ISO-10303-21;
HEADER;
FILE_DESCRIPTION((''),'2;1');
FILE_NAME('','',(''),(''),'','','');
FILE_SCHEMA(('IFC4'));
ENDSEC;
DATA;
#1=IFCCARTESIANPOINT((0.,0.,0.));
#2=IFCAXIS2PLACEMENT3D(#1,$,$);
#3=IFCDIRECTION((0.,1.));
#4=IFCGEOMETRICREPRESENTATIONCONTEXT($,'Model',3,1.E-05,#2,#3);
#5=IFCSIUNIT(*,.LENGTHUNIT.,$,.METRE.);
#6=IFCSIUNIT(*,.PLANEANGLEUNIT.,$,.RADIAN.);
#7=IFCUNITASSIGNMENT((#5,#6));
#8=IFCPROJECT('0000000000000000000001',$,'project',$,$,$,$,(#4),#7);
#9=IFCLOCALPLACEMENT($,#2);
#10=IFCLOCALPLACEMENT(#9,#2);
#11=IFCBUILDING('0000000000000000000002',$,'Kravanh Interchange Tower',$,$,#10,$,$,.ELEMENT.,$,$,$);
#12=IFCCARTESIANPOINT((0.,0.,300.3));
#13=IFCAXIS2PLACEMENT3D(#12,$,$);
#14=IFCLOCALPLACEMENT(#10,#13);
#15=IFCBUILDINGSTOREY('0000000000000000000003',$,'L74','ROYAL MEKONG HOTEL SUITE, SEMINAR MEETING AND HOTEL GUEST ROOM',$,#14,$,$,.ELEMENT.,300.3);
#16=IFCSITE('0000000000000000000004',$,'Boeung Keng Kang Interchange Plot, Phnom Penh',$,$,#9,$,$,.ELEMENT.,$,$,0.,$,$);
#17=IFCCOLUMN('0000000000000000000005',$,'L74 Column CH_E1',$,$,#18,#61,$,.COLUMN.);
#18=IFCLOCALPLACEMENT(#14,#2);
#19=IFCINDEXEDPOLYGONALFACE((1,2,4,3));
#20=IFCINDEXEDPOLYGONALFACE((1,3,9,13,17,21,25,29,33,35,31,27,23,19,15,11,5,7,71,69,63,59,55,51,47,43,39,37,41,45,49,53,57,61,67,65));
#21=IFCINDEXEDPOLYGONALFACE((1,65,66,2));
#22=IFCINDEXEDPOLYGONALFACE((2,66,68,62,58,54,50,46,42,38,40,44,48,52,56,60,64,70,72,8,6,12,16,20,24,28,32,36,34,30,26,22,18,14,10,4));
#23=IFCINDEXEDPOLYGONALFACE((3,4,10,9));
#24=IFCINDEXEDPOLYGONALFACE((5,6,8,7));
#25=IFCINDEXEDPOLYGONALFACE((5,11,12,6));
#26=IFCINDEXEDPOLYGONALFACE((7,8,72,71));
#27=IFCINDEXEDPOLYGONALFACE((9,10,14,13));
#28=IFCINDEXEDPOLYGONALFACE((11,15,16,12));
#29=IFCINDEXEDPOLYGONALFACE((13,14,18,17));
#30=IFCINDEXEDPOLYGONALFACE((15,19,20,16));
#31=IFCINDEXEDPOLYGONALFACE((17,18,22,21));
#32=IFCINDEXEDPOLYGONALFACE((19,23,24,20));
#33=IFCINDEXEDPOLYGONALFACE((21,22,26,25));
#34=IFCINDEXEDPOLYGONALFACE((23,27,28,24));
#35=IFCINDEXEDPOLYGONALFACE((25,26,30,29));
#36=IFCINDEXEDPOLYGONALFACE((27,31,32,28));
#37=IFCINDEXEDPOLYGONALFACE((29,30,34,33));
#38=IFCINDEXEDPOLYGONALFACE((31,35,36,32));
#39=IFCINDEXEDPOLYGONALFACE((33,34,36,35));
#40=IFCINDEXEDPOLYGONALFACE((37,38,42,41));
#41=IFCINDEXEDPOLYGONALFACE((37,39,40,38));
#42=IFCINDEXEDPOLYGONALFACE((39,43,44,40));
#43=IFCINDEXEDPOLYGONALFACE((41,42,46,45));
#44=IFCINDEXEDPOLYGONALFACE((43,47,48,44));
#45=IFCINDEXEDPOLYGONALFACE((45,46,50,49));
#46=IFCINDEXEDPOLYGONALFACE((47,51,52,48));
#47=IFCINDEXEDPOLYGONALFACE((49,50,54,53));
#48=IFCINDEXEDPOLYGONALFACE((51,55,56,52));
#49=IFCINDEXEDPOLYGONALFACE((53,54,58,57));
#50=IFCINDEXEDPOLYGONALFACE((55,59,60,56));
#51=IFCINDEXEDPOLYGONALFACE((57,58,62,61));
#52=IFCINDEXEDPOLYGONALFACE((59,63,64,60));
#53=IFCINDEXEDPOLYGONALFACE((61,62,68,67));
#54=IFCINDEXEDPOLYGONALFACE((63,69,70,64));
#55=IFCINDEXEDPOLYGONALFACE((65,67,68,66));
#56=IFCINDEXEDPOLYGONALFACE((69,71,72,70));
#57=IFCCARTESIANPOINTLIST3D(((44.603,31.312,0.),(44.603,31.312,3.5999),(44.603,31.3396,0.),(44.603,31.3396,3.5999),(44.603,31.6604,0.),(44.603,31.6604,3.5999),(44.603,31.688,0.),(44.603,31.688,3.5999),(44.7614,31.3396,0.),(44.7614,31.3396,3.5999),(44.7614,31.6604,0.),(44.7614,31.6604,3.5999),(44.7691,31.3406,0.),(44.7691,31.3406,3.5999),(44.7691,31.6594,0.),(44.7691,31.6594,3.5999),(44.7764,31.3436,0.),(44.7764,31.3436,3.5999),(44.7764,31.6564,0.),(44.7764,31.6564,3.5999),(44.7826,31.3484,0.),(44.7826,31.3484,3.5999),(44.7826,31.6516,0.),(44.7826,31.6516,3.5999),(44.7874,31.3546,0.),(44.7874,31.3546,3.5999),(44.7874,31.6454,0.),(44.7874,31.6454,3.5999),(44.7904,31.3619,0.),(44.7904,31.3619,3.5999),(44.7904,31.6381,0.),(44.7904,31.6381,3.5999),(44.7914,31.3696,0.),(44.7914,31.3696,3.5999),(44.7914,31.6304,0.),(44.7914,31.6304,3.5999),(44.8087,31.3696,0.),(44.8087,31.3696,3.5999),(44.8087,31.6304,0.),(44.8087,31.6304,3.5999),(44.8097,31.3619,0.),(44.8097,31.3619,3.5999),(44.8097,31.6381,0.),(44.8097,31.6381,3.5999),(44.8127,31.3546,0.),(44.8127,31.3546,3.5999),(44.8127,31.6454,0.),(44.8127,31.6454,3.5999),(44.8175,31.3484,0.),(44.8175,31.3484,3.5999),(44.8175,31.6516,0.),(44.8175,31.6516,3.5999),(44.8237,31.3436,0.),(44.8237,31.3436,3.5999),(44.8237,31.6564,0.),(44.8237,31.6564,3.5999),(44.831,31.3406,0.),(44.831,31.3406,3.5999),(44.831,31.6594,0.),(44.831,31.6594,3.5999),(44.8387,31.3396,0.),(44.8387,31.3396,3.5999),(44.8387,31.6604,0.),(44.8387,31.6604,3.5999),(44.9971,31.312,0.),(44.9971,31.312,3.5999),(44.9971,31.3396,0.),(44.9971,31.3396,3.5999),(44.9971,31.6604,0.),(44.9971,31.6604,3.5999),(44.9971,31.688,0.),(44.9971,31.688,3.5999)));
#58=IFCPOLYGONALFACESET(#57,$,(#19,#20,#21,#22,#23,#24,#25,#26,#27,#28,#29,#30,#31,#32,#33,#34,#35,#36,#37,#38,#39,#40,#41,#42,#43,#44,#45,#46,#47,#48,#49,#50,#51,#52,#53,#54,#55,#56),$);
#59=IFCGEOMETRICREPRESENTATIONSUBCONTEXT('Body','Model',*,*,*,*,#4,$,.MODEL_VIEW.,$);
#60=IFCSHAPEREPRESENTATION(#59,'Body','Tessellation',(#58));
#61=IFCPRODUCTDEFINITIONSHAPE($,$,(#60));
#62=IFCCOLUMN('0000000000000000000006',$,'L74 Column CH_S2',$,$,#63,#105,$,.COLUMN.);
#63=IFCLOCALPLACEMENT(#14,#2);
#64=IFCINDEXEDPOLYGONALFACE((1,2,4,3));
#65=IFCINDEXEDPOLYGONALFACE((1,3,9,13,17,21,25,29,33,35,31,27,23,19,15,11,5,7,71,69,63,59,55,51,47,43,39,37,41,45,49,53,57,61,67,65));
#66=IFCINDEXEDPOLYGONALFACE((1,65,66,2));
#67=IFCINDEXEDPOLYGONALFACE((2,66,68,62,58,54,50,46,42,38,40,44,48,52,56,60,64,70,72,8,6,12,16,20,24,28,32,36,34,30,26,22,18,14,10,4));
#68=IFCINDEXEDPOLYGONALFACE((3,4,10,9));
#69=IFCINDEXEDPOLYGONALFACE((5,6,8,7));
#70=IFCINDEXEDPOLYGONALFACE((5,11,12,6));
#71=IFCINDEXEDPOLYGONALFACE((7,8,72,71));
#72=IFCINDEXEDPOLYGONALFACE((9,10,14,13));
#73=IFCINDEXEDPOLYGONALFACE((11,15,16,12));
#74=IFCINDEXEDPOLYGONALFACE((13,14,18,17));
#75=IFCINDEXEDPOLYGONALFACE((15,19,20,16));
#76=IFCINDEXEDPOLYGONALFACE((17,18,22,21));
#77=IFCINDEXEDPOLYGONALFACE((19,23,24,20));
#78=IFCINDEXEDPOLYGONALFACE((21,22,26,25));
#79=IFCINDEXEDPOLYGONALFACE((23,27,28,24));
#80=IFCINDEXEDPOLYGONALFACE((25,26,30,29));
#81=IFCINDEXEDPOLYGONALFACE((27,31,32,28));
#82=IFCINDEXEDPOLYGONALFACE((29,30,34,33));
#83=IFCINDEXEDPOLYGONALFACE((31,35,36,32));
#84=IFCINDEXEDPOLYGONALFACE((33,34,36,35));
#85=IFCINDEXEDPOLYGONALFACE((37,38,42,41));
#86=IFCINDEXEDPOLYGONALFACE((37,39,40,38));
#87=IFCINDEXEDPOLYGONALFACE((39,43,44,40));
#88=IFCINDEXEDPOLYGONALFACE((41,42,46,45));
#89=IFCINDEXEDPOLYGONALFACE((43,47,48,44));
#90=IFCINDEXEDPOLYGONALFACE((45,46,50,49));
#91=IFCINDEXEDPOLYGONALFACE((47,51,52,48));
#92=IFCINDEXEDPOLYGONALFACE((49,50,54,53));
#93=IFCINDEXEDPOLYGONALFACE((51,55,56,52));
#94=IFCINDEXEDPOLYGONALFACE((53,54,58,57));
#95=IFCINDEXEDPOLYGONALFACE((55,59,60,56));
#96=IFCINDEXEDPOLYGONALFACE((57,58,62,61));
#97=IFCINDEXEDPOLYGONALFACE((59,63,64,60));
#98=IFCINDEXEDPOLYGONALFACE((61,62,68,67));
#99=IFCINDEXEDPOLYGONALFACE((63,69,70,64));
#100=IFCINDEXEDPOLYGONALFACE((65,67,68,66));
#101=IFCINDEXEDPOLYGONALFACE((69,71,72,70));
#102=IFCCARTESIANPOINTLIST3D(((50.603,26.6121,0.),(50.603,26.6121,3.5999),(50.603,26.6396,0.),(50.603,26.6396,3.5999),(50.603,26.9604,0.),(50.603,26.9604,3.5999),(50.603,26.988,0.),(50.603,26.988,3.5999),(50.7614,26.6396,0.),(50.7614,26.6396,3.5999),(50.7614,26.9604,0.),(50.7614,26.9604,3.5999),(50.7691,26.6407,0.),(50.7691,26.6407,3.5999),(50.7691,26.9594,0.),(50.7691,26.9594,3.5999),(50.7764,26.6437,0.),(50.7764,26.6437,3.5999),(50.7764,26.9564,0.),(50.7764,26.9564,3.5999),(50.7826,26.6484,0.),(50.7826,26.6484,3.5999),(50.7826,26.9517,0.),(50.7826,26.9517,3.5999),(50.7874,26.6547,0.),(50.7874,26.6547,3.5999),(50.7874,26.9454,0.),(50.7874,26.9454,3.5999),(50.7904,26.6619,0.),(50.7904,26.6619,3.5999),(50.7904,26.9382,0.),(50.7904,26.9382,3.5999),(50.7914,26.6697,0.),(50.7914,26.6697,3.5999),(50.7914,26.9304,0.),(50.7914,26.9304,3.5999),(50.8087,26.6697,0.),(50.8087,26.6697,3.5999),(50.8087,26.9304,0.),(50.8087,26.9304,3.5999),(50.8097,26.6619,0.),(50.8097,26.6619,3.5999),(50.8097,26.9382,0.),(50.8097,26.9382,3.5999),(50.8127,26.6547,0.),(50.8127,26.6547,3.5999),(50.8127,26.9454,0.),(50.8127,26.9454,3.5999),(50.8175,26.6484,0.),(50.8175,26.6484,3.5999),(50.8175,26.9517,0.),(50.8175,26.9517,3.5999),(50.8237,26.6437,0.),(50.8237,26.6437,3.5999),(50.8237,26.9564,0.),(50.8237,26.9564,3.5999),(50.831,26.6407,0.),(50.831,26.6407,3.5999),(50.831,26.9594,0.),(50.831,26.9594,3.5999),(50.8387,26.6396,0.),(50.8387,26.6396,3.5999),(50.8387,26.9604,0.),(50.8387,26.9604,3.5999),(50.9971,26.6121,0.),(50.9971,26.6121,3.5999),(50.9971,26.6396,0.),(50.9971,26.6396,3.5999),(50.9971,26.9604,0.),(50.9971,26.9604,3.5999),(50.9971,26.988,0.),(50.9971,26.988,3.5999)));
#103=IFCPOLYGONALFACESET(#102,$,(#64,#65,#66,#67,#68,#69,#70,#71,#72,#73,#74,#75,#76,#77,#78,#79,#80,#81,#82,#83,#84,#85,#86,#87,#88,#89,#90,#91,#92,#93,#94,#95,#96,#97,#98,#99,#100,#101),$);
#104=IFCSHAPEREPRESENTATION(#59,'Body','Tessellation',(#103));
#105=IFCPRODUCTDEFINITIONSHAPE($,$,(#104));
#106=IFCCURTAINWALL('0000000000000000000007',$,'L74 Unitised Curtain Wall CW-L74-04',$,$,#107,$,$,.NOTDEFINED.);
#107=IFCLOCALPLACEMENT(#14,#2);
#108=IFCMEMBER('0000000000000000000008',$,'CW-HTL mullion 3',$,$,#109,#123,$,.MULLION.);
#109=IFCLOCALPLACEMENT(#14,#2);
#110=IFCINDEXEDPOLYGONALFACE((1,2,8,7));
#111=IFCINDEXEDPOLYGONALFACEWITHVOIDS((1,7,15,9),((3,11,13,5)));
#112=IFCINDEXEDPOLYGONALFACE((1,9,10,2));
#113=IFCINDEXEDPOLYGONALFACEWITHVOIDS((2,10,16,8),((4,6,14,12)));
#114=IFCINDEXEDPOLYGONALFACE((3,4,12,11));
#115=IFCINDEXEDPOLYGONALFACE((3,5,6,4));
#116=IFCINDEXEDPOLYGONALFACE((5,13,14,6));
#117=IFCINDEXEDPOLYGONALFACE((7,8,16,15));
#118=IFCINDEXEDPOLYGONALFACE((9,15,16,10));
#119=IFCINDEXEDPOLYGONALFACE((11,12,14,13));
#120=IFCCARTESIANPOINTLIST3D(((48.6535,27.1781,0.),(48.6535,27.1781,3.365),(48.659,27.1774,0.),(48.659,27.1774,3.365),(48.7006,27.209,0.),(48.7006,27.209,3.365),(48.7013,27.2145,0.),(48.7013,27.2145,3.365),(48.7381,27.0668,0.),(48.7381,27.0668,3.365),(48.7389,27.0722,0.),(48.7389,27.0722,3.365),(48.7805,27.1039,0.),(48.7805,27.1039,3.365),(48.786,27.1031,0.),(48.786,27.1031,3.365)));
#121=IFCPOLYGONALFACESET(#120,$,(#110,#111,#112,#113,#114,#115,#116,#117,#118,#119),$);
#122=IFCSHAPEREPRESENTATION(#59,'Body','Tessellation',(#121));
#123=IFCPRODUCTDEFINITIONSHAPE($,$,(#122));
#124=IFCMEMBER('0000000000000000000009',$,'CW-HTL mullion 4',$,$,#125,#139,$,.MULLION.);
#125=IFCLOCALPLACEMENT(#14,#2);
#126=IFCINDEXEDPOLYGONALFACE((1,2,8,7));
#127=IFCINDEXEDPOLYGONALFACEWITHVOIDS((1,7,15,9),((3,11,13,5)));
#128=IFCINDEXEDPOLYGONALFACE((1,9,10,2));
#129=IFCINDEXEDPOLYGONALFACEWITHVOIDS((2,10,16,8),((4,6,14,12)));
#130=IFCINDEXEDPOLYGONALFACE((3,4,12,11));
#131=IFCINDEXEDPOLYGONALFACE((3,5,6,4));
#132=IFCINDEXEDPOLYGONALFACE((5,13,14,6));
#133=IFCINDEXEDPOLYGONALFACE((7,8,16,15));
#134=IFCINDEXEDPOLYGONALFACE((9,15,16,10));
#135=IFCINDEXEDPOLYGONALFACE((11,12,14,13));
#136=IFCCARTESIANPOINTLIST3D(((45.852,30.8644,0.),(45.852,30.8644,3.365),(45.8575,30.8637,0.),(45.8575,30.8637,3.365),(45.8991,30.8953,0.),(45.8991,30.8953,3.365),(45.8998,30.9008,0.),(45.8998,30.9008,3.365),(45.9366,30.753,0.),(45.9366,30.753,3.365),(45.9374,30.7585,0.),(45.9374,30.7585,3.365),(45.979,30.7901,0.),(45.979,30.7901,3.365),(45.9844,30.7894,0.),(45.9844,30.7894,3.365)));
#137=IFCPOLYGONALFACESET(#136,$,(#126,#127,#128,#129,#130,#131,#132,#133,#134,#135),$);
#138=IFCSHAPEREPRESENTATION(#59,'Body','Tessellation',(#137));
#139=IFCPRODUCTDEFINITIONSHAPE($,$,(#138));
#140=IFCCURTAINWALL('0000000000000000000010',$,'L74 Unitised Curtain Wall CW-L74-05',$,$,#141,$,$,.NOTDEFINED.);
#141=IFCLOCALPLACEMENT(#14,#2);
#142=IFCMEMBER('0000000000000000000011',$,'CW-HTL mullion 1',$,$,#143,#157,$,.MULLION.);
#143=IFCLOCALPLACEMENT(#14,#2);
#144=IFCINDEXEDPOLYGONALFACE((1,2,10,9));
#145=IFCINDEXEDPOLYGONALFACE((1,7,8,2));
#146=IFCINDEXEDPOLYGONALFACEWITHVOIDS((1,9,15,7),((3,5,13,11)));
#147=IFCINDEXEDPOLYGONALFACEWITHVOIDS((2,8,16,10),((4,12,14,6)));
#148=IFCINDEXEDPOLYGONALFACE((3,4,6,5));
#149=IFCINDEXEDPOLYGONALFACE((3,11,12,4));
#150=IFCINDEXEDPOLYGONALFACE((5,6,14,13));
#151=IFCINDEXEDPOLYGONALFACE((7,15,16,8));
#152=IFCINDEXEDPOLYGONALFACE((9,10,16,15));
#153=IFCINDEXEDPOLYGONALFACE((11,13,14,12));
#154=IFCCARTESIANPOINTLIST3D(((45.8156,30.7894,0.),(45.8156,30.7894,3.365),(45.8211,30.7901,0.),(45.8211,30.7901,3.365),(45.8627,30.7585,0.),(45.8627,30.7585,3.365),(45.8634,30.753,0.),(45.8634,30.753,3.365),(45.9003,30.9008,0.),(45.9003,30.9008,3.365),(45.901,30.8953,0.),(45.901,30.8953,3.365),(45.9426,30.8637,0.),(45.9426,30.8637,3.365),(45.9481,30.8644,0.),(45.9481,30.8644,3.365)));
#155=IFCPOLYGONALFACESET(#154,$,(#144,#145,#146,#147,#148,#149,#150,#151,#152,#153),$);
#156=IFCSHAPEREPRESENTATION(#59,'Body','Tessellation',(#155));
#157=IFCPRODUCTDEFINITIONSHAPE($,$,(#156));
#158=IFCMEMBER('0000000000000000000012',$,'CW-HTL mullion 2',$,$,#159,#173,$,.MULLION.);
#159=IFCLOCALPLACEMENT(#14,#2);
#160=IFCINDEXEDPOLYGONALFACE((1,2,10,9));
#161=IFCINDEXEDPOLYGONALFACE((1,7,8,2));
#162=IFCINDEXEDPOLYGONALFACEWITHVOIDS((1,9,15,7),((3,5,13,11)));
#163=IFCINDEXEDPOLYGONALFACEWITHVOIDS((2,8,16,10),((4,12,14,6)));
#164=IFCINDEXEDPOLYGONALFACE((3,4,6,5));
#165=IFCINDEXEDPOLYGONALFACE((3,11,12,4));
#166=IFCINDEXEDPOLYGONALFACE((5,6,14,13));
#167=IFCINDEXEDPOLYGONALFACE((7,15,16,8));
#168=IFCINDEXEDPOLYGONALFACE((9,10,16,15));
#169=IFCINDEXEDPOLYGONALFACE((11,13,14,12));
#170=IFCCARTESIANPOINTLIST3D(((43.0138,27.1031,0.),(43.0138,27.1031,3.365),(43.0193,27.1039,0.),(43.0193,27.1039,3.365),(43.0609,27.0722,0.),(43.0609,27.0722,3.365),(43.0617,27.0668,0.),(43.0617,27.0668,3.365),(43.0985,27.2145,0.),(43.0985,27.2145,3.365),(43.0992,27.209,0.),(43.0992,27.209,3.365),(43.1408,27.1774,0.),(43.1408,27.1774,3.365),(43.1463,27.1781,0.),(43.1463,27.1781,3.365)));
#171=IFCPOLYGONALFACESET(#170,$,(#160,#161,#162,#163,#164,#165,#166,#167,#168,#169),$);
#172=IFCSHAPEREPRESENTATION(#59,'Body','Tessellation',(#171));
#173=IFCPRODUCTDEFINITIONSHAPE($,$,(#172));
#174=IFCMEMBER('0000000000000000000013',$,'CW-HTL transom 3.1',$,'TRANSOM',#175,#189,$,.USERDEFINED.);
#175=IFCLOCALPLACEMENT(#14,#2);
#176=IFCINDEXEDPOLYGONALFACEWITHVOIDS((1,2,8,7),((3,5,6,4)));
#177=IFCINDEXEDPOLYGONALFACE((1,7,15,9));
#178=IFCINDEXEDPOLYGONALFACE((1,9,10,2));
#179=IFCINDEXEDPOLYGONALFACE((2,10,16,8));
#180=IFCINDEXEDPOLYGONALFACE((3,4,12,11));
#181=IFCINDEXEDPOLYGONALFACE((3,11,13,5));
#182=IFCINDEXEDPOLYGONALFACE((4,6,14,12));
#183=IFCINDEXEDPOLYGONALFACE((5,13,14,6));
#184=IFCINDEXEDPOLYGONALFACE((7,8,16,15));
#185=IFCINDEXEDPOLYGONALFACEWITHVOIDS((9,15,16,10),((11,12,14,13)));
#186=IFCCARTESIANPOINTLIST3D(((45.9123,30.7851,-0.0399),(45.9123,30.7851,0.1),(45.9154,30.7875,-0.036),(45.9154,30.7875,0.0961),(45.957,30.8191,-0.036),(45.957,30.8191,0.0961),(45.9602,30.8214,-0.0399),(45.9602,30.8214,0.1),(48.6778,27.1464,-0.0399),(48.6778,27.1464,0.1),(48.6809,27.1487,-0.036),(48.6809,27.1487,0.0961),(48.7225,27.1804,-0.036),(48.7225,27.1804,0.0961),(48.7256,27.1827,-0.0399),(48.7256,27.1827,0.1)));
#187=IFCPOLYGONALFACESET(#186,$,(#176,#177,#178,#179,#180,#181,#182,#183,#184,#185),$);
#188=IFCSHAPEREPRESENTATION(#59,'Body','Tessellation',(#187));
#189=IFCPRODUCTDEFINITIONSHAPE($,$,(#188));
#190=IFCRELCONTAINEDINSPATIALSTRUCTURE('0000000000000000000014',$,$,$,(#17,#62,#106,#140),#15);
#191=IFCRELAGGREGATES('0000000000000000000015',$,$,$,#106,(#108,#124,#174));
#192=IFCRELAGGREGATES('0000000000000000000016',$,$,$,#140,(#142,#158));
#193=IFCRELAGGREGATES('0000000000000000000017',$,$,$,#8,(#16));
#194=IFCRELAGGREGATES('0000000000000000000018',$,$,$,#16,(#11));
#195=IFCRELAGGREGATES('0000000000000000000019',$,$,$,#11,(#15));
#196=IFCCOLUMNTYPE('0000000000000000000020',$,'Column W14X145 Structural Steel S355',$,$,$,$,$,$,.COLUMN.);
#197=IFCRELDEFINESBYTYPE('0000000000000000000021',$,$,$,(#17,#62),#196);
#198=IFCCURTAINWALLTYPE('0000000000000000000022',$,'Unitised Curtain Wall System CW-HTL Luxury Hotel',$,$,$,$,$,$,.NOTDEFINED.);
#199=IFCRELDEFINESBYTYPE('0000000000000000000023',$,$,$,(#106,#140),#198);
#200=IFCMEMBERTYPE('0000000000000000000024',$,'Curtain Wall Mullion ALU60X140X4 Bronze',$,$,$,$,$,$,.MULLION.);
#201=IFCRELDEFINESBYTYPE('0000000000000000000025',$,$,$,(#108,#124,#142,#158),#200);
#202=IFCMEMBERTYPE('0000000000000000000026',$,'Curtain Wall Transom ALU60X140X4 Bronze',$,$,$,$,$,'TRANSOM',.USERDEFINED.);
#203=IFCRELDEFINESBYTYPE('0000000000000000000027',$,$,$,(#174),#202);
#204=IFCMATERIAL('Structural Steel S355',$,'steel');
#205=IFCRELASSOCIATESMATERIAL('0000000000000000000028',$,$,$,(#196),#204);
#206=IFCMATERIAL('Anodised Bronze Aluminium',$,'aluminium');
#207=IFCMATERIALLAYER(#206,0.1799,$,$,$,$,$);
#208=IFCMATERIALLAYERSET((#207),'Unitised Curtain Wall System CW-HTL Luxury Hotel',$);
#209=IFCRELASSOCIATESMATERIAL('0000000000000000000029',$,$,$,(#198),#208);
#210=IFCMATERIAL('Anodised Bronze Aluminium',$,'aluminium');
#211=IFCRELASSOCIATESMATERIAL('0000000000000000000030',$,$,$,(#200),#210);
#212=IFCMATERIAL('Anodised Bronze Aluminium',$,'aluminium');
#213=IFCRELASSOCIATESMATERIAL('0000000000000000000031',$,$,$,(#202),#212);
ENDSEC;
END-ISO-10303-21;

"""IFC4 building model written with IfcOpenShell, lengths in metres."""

from ifc_helpers import new_model, si_unit, direction, frame, origin, origin_2d, place, context, subcontext, project, spatial, hollow_rectangle, i_section, extrude, material, layer, layer_set, material_profile, profile_set, type_object, element, aggregate, save


model = new_model("IFC4")

# Units and contexts
model_context = context("Model", 3, precision=1e-05, world=origin(), true_north=direction((0.0, 1.0)))
body_context = subcontext(model_context, "Body", "Model", "MODEL_VIEW")
ifc_project = project(units=[si_unit("LENGTHUNIT", "METRE"), si_unit("PLANEANGLEUNIT", "RADIAN")], contexts=[model_context])

# Site, building, storey
site_placement = place(None, origin())
site = spatial("IfcSite", under=ifc_project, at=site_placement, Name="Boeung Keng Kang Interchange Plot, Phnom Penh", CompositionType="ELEMENT", RefElevation=0.0)
building_placement = place(site_placement, origin())
building = spatial("IfcBuilding", under=site, at=building_placement, Name="Kravanh Interchange Tower", CompositionType="ELEMENT")
storey_placement = place(building_placement, frame((0.0, 0.0, 300.3)))
storey = spatial("IfcBuildingStorey", under=building, at=storey_placement, Name="L74", Description="ROYAL MEKONG HOTEL SUITE, SEMINAR MEETING AND HOTEL GUEST ROOM", CompositionType="ELEMENT", Elevation=300.3)

# Columns
ifc_material_1 = material(Name="Structural Steel S355", Category="steel")
ifc_material_profile_1 = material_profile(ifc_material_1, i_section(OverallWidth=0.394, OverallDepth=0.376, WebThickness=0.0173, FlangeThickness=0.0276, FilletRadius=0.03, at=origin_2d()), Name="W14X145")
ifc_profile_set_1 = profile_set([ifc_material_profile_1], Name="Structural Steel S355")
column_type = type_object("IfcColumnType", Name="Column W14X145 Structural Steel S355", PredefinedType="COLUMN", material=ifc_profile_set_1)
for number, where, z_axis, x_axis, name in (
    (1, (44.8, 31.5, 0.0), (0.0, 0.0, 1.0), (1.0, 0.0, 0.0), "L74 Column CH_E1"),
    (2, (50.8, 26.8, 0.0), (0.0, 0.0, 1.0), (1.0, 0.0, 0.0), "L74 Column CH_S2"),
):
    element("IfcColumn", number, at=place(storey_placement, frame(where, z_axis=z_axis, x_axis=x_axis)), inside=storey, type_object=column_type, Name=name, PredefinedType="COLUMN", context=body_context, shape_type="SweptSolid", body=[
        extrude(i_section(OverallWidth=0.394, OverallDepth=0.376, WebThickness=0.0173, FlangeThickness=0.0276, FilletRadius=0.03, at=origin_2d()), origin(), (0.0, 0.0, 1.0), 3.5999),
    ])

# Curtain walls, members
ifc_material_2 = material(Name="Anodised Bronze Aluminium", Category="aluminium")
ifc_layer_1 = layer(ifc_material_2, 0.1799)
ifc_layer_set_1 = layer_set([ifc_layer_1], Name="Unitised Curtain Wall System CW-HTL Luxury Hotel")
curtain_wall_type = type_object("IfcCurtainWallType", Name="Unitised Curtain Wall System CW-HTL Luxury Hotel", PredefinedType="NOTDEFINED", material=ifc_layer_set_1)
curtain_wall_1_placement = place(storey_placement, origin())
curtain_wall_1 = element("IfcCurtainWall", 3, at=curtain_wall_1_placement, inside=storey, type_object=curtain_wall_type, Name="L74 Unitised Curtain Wall CW-L74-04", PredefinedType="NOTDEFINED")
ifc_material_3 = material(Name="Anodised Bronze Aluminium", Category="aluminium")
ifc_material_profile_2 = material_profile(ifc_material_3, hollow_rectangle(XDim=0.0601, YDim=0.1399, WallThickness=0.0039, at=origin_2d()), Name="ALU60X140X4")
ifc_profile_set_2 = profile_set([ifc_material_profile_2], Name="Anodised Bronze Aluminium")
member_type_1 = type_object("IfcMemberType", Name="Curtain Wall Mullion ALU60X140X4 Bronze", PredefinedType="MULLION", material=ifc_profile_set_2)
member_1_placement = place(storey_placement, frame((48.7197, 27.1406, 0.0), z_axis=(0.0, 0.0, 1.0), x_axis=(-0.796162, -0.605084, 0.0)))
member_1 = element("IfcMember", 4, at=member_1_placement, type_object=member_type_1, Name="CW-HTL mullion 3", PredefinedType="MULLION", context=body_context, shape_type="SweptSolid", body=[
    extrude(hollow_rectangle(XDim=0.0601, YDim=0.1399, WallThickness=0.0039, at=origin_2d()), origin(), (0.0, 0.0, 1.0), 3.365),
])
member_2_placement = place(storey_placement, frame((45.9182, 30.8269, 0.0), z_axis=(0.0, 0.0, 1.0), x_axis=(-0.796162, -0.605084, 0.0)))
member_2 = element("IfcMember", 5, at=member_2_placement, type_object=member_type_1, Name="CW-HTL mullion 4", PredefinedType="MULLION", context=body_context, shape_type="SweptSolid", body=[
    extrude(hollow_rectangle(XDim=0.0601, YDim=0.1399, WallThickness=0.0039, at=origin_2d()), origin(), (0.0, 0.0, 1.0), 3.365),
])
curtain_wall_2_placement = place(storey_placement, origin())
curtain_wall_2 = element("IfcCurtainWall", 6, at=curtain_wall_2_placement, inside=storey, type_object=curtain_wall_type, Name="L74 Unitised Curtain Wall CW-L74-05", PredefinedType="NOTDEFINED")
member_3_placement = place(storey_placement, frame((45.8818, 30.8269, 0.0), z_axis=(0.0, 0.0, 1.0), x_axis=(0.796162, -0.605084, 0.0)))
member_3 = element("IfcMember", 7, at=member_3_placement, type_object=member_type_1, Name="CW-HTL mullion 1", PredefinedType="MULLION", context=body_context, shape_type="SweptSolid", body=[
    extrude(hollow_rectangle(XDim=0.0601, YDim=0.1399, WallThickness=0.0039, at=origin_2d()), origin(), (0.0, 0.0, 1.0), 3.365),
])
member_4_placement = place(storey_placement, frame((43.0801, 27.1406, 0.0), z_axis=(0.0, 0.0, 1.0), x_axis=(0.796162, -0.605084, 0.0)))
member_4 = element("IfcMember", 8, at=member_4_placement, type_object=member_type_1, Name="CW-HTL mullion 2", PredefinedType="MULLION", context=body_context, shape_type="SweptSolid", body=[
    extrude(hollow_rectangle(XDim=0.0601, YDim=0.1399, WallThickness=0.0039, at=origin_2d()), origin(), (0.0, 0.0, 1.0), 3.365),
])

# Member
ifc_material_4 = material(Name="Anodised Bronze Aluminium", Category="aluminium")
ifc_material_profile_3 = material_profile(ifc_material_4, hollow_rectangle(XDim=0.0601, YDim=0.1399, WallThickness=0.0039, at=origin_2d()), Name="ALU60X140X4")
ifc_profile_set_3 = profile_set([ifc_material_profile_3], Name="Anodised Bronze Aluminium")
member_type_2 = type_object("IfcMemberType", Name="Curtain Wall Transom ALU60X140X4 Bronze", ElementType="TRANSOM", PredefinedType="USERDEFINED", material=ifc_profile_set_3)
member_5_placement = place(storey_placement, frame((48.7017, 27.1646, 0.03), z_axis=(-0.605082, 0.796163, 0.0), x_axis=(-0.796163, -0.605082, 0.0)))
member_5 = element("IfcMember", 9, at=member_5_placement, type_object=member_type_2, Name="CW-HTL transom 3.1", ObjectType="TRANSOM", PredefinedType="USERDEFINED", context=body_context, shape_type="SweptSolid", body=[
    extrude(hollow_rectangle(XDim=0.0601, YDim=0.1399, WallThickness=0.0039, at=origin_2d()), origin(), (0.0, 0.0, 1.0), 4.5703),
])

aggregate(curtain_wall_1, [member_1, member_2, member_5])
aggregate(curtain_wall_2, [member_3, member_4])

save(model, "model.ifc")
